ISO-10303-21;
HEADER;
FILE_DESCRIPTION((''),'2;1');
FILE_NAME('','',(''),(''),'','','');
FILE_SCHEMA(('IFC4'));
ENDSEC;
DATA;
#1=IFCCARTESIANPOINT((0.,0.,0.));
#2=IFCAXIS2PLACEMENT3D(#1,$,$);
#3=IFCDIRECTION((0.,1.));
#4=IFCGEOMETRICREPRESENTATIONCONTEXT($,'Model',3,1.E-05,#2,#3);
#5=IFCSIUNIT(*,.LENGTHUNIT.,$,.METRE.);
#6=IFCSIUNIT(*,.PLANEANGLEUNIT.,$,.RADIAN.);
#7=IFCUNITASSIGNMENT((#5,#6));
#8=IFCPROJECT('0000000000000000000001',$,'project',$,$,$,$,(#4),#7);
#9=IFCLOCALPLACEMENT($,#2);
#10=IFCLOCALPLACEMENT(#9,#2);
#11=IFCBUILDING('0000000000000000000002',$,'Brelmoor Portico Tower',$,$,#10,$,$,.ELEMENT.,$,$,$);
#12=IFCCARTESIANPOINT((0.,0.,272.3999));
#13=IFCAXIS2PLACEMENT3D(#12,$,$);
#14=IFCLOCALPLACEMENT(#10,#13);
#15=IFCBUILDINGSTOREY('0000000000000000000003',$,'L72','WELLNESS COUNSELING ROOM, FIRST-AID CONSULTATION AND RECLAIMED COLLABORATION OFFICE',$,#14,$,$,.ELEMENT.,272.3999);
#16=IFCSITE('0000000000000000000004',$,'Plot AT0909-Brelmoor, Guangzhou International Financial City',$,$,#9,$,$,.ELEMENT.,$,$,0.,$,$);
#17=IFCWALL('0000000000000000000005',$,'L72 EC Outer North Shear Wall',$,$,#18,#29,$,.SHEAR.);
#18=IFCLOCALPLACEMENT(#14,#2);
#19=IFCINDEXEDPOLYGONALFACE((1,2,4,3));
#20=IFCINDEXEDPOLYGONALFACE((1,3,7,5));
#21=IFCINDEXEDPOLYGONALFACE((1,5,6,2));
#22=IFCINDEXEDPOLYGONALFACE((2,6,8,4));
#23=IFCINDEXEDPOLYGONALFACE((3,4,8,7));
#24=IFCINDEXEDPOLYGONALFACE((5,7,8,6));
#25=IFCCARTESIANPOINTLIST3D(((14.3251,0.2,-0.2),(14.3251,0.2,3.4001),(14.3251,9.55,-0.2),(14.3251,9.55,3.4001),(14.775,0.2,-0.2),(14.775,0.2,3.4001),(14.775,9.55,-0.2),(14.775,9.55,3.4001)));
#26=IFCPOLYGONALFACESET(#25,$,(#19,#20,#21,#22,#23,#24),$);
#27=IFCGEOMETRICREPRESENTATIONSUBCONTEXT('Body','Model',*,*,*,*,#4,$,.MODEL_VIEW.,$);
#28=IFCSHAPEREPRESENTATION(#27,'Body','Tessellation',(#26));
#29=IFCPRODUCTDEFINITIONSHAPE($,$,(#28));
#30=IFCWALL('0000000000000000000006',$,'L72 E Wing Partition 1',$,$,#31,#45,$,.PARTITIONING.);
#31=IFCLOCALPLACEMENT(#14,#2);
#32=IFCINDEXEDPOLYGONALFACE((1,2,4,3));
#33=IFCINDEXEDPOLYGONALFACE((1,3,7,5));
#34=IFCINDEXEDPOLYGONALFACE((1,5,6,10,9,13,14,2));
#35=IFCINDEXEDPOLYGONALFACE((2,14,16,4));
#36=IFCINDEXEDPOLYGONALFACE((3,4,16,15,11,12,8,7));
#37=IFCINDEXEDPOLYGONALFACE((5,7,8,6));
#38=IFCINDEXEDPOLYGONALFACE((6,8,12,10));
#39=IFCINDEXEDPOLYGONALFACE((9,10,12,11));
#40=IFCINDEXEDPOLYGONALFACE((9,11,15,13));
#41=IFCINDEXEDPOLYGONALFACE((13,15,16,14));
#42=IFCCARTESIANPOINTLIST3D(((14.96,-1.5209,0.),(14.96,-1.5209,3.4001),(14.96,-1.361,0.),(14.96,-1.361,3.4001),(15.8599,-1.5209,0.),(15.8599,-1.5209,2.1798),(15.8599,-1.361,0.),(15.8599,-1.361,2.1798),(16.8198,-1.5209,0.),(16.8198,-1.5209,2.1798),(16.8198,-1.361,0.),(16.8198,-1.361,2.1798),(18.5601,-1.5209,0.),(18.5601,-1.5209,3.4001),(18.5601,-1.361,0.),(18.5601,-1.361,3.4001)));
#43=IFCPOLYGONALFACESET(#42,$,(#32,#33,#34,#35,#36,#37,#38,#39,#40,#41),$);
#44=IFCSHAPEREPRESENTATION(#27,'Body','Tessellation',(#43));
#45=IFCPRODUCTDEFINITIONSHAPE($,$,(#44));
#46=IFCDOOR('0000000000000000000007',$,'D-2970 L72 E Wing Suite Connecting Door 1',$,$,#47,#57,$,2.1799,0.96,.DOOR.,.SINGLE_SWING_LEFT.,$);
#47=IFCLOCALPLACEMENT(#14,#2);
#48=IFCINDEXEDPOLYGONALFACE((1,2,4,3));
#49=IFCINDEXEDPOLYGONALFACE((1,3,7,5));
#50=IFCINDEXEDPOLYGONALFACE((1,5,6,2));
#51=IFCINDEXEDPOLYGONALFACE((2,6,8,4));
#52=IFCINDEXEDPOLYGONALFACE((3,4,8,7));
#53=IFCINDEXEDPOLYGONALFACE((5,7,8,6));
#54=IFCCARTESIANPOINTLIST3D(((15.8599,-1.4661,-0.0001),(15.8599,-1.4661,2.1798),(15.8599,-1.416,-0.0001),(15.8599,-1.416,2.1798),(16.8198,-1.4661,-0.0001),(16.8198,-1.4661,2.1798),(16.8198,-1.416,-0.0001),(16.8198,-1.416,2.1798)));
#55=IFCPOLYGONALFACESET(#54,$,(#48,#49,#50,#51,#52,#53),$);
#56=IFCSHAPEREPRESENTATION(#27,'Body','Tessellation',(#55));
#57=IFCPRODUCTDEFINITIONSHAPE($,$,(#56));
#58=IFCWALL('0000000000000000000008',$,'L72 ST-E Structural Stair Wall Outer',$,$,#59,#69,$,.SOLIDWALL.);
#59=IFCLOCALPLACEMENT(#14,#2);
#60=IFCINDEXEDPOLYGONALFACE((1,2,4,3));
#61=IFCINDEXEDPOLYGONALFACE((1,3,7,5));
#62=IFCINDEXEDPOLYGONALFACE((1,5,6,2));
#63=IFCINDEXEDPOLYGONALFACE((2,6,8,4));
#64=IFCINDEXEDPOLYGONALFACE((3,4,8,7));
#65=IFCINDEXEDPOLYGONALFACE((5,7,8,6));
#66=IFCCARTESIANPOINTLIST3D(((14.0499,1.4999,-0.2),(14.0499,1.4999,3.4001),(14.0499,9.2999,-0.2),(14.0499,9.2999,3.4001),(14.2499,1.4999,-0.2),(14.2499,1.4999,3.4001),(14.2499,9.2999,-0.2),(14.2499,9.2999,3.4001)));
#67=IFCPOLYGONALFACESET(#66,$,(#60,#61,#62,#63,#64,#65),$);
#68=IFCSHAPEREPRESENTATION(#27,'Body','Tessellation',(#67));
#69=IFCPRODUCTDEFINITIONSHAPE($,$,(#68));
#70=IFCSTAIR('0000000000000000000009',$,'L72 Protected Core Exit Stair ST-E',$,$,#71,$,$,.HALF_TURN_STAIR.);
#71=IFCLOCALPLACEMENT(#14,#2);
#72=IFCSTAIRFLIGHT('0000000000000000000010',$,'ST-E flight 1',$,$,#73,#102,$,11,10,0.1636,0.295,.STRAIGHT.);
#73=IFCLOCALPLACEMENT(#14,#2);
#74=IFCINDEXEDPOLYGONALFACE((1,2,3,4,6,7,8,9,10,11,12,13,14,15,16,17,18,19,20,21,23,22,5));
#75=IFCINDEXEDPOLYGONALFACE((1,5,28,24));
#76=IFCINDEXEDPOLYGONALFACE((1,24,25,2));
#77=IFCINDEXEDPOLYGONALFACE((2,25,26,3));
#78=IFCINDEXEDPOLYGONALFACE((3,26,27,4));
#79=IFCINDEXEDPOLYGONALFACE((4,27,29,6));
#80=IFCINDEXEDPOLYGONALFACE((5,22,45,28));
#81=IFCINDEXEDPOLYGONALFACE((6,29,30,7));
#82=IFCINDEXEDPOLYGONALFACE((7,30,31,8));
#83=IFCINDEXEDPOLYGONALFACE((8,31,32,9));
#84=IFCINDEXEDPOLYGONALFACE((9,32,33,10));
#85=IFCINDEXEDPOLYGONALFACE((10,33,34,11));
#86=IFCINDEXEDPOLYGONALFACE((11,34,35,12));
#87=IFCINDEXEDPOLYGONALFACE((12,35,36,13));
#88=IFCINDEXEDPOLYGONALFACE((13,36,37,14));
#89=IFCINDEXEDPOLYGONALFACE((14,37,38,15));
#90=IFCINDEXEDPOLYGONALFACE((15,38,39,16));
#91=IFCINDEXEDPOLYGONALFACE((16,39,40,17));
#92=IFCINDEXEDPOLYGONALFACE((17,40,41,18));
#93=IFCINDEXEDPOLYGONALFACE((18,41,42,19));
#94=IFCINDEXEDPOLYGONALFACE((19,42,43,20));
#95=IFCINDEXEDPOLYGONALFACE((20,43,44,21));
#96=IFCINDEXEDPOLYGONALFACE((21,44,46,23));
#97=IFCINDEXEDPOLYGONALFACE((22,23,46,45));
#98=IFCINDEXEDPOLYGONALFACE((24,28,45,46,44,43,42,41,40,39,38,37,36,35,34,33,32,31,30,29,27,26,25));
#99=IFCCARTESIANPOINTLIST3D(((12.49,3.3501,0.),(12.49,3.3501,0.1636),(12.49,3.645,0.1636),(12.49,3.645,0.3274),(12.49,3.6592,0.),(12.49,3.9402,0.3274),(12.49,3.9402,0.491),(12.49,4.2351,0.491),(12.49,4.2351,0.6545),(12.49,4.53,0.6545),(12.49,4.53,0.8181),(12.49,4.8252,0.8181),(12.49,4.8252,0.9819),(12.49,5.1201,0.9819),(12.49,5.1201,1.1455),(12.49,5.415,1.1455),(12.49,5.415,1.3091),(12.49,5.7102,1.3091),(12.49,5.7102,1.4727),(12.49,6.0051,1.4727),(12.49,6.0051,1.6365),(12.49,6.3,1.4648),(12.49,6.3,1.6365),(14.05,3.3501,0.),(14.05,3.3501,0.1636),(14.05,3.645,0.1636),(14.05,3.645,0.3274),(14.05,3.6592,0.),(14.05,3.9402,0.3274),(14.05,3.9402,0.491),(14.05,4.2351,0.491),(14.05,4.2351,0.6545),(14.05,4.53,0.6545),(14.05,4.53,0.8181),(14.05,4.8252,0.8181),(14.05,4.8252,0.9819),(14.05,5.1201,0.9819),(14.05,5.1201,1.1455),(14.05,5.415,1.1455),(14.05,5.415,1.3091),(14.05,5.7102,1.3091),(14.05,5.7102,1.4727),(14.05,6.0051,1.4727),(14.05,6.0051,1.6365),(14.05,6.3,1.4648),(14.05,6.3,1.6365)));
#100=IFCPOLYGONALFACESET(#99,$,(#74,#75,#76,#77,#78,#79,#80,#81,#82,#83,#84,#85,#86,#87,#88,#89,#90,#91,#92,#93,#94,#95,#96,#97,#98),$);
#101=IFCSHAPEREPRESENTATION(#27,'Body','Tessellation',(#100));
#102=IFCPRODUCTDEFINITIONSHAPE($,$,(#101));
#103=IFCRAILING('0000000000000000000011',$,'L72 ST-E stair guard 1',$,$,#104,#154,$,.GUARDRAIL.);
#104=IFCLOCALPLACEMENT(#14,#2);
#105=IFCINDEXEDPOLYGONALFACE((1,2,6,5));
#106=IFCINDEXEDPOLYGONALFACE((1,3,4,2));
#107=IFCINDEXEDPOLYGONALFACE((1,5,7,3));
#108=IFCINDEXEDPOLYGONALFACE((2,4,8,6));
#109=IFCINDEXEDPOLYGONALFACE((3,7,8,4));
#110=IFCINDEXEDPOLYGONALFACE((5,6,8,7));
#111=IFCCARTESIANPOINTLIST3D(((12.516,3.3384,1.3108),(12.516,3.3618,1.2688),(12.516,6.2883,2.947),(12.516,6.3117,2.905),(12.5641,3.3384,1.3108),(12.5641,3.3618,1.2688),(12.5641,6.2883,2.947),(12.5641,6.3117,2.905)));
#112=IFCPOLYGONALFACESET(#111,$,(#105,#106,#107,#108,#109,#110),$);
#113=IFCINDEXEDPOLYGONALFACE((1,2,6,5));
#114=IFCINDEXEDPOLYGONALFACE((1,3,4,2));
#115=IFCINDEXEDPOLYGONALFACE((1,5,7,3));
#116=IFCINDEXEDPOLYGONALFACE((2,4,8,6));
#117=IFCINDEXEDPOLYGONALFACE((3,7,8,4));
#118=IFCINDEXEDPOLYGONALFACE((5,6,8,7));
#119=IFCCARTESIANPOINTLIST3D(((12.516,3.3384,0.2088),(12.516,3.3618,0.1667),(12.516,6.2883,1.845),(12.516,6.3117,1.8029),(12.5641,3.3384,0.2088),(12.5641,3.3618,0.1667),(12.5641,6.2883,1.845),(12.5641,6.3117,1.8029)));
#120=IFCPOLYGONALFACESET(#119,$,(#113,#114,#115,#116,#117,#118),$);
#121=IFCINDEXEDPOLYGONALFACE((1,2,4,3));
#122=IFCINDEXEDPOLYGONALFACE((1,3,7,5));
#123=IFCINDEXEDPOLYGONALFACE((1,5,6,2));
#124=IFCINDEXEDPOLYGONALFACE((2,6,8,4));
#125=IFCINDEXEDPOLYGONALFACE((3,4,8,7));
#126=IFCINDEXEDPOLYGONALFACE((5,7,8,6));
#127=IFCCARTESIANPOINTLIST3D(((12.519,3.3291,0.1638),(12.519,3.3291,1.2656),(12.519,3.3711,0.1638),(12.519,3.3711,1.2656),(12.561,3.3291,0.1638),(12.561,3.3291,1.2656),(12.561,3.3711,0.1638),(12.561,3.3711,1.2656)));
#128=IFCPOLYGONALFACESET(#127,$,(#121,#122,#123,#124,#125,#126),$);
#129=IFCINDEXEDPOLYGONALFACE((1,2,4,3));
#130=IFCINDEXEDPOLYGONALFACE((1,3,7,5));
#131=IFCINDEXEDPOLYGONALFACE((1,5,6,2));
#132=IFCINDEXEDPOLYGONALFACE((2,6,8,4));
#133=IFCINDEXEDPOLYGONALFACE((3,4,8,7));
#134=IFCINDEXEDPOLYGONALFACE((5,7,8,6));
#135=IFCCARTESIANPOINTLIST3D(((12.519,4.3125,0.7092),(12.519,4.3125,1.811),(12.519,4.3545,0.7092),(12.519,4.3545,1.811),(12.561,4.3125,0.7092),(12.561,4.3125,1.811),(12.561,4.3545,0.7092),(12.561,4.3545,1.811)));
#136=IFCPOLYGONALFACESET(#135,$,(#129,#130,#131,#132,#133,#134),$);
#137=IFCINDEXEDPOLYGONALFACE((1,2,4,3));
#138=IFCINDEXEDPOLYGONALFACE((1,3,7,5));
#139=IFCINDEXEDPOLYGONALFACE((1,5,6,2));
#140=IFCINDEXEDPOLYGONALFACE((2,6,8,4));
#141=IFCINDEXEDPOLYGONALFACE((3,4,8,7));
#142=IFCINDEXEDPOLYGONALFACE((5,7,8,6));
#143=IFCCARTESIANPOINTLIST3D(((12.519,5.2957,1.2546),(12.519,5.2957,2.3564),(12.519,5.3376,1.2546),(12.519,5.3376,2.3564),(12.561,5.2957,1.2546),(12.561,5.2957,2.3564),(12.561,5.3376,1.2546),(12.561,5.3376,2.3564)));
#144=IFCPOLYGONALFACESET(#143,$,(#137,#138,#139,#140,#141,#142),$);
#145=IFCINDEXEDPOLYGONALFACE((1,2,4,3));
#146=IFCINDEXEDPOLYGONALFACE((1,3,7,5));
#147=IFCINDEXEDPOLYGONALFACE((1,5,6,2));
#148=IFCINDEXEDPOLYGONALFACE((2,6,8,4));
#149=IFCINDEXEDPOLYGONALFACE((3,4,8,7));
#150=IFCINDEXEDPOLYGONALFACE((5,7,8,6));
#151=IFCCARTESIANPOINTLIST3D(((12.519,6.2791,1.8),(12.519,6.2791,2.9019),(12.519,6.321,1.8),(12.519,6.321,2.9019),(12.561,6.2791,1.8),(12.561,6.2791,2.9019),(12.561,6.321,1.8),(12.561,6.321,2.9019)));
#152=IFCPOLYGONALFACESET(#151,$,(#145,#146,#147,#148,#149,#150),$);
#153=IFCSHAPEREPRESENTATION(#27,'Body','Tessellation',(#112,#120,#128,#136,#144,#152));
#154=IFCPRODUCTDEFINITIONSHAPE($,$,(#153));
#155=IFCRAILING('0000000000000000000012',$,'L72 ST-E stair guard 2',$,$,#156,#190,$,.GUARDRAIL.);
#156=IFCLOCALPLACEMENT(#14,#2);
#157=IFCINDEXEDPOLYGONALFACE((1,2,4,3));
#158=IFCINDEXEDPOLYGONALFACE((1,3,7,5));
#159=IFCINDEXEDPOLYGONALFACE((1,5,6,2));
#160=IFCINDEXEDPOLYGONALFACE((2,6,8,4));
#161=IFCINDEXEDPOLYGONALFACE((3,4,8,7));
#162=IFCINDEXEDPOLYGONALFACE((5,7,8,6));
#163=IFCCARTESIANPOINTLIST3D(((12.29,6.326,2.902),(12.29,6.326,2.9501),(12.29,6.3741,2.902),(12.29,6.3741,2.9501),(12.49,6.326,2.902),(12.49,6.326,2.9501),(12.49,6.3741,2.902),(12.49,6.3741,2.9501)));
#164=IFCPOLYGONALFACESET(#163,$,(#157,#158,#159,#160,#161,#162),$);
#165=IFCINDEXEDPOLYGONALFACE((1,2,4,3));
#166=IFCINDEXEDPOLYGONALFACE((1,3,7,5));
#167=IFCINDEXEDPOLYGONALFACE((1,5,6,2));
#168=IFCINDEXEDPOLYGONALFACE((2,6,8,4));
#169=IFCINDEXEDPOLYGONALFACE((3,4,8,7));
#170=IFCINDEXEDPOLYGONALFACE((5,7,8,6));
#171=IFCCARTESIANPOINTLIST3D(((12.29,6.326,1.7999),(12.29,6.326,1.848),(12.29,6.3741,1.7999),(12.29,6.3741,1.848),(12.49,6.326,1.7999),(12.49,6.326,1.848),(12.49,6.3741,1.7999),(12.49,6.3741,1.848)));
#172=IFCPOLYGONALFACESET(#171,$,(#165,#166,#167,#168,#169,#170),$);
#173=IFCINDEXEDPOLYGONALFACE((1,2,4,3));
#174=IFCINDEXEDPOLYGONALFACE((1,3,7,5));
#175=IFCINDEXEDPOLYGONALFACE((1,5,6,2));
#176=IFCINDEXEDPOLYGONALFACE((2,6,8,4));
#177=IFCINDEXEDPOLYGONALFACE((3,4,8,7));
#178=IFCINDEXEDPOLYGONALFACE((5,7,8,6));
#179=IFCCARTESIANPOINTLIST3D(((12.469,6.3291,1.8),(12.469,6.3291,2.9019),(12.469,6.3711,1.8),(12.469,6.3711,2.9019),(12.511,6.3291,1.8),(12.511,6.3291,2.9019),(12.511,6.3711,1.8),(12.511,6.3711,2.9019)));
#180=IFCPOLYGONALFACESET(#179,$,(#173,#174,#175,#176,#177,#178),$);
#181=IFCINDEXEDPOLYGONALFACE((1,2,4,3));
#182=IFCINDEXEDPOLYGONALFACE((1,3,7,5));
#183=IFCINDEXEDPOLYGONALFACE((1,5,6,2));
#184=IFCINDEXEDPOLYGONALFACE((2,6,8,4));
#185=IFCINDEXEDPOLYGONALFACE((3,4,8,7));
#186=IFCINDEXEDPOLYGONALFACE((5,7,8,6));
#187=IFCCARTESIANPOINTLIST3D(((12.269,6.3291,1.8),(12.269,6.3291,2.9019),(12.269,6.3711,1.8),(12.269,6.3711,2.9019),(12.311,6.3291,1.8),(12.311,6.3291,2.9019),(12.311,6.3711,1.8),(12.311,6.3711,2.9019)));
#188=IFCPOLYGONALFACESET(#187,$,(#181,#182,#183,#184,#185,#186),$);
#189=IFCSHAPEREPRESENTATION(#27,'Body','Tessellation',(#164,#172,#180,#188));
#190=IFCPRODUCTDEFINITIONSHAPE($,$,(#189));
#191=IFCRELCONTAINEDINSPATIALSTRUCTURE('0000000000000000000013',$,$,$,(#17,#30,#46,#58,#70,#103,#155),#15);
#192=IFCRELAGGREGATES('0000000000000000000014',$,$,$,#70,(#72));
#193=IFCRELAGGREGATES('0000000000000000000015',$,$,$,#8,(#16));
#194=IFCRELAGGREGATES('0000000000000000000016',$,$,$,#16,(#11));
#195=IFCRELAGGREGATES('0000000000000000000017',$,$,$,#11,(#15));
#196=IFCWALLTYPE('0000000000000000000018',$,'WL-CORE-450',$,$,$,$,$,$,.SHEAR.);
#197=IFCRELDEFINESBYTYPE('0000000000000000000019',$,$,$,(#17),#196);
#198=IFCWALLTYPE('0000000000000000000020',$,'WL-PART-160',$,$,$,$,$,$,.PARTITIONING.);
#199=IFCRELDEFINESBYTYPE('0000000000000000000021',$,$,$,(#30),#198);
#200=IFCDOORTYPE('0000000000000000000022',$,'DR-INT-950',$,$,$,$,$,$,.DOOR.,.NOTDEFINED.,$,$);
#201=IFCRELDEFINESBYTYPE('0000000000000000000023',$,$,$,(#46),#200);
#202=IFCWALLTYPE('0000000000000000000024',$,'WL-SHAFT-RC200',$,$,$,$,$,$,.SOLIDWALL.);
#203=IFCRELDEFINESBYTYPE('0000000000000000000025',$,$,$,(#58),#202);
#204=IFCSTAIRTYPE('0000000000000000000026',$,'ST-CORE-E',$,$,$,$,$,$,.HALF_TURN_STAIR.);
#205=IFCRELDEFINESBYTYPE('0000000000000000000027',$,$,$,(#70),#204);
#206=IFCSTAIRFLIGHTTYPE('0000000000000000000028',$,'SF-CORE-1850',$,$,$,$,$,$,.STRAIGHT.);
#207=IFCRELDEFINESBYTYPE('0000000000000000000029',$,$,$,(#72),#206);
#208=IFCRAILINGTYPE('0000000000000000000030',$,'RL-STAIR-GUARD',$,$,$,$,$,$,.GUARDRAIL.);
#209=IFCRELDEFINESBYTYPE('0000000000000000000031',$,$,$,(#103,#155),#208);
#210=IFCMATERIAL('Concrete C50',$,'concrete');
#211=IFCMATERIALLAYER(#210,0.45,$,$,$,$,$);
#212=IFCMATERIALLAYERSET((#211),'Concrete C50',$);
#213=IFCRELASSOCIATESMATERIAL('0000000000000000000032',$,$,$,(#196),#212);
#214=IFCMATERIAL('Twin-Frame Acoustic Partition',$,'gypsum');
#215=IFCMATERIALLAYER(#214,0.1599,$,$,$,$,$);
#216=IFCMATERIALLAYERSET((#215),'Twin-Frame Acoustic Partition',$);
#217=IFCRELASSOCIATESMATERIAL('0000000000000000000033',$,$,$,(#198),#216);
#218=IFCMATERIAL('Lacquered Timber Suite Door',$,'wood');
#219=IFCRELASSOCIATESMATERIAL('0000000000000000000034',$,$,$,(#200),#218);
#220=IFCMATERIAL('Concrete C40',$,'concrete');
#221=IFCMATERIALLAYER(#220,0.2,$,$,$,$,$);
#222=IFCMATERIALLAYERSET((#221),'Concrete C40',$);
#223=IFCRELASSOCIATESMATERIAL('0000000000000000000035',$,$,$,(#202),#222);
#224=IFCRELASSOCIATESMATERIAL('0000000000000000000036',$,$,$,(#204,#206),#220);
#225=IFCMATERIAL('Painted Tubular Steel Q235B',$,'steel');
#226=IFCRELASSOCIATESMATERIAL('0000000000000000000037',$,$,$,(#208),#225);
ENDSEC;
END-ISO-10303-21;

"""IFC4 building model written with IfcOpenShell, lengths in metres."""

from ifc_helpers import new_model, si_unit, direction, frame, frame_2d, origin, origin_2d, place, context, subcontext, project, spatial, polyline, rectangle, outline, extrude, material, layer, layer_set, type_object, element, fill, aggregate, save


model = new_model("IFC4")

# Units and contexts
model_context = context("Model", 3, precision=1e-05, world=origin(), true_north=direction((0.0, 1.0)))
body_context = subcontext(model_context, "Body", "Model", "MODEL_VIEW")
ifc_project = project(units=[si_unit("LENGTHUNIT", "METRE"), si_unit("PLANEANGLEUNIT", "RADIAN")], contexts=[model_context])

# Site, building, storey
site_placement = place(None, origin())
site = spatial("IfcSite", under=ifc_project, at=site_placement, Name="Plot AT0909-Brelmoor, Guangzhou International Financial City", CompositionType="ELEMENT", RefElevation=0.0)
building_placement = place(site_placement, origin())
building = spatial("IfcBuilding", under=site, at=building_placement, Name="Brelmoor Portico Tower", CompositionType="ELEMENT")
storey_placement = place(building_placement, frame((0.0, 0.0, 272.3999)))
storey = spatial("IfcBuildingStorey", under=building, at=storey_placement, Name="L72", Description="WELLNESS COUNSELING ROOM, FIRST-AID CONSULTATION AND RECLAIMED COLLABORATION OFFICE", CompositionType="ELEMENT", Elevation=272.3999)

# Wall
ifc_material_1 = material(Name="Concrete C50", Category="concrete")
ifc_layer_1 = layer(ifc_material_1, 0.45)
ifc_layer_set_1 = layer_set([ifc_layer_1], Name="Concrete C50")
wall_type_1 = type_object("IfcWallType", Name="WL-CORE-450", PredefinedType="SHEAR", material=ifc_layer_set_1)
wall_1_placement = place(storey_placement, frame((14.55, 0.2, -0.2), z_axis=(0.0, 0.0, 1.0), x_axis=(0.0, 1.0, 0.0)))
element("IfcWall", 1, at=wall_1_placement, inside=storey, type_object=wall_type_1, Name="L72 EC Outer North Shear Wall", PredefinedType="SHEAR", context=body_context, shape_type="SweptSolid", body=[
    extrude(rectangle(XDim=9.3501, YDim=0.45, at=frame_2d((4.675, 0.0))), origin(), (0.0, 0.0, 1.0), 3.6001),
])

# Wall, opening, door
ifc_material_2 = material(Name="Twin-Frame Acoustic Partition", Category="gypsum")
ifc_layer_2 = layer(ifc_material_2, 0.1599)
ifc_layer_set_2 = layer_set([ifc_layer_2], Name="Twin-Frame Acoustic Partition")
wall_type_2 = type_object("IfcWallType", Name="WL-PART-160", PredefinedType="PARTITIONING", material=ifc_layer_set_2)
wall_2_placement = place(storey_placement, frame((14.96, -1.4409, 0.0), z_axis=(0.0, 0.0, 1.0), x_axis=(1.0, 0.0, 0.0)))
wall_2 = element("IfcWall", 2, at=wall_2_placement, inside=storey, type_object=wall_type_2, Name="L72 E Wing Partition 1", PredefinedType="PARTITIONING", context=body_context, shape_type="SweptSolid", body=[
    extrude(rectangle(XDim=3.6001, YDim=0.1599, at=frame_2d((1.8, 0.0))), origin(), (0.0, 0.0, 1.0), 3.4001),
])
opening_placement = place(wall_2_placement, frame((0.8999, 0.0, 0.0)))
opening = element("IfcOpeningElement", 3, at=opening_placement, cuts=wall_2, PredefinedType="OPENING", context=body_context, shape_type="SweptSolid", body=[
    extrude(rectangle(XDim=0.96, YDim=2.1799, at=frame_2d((0.48, 1.0898))), frame((0.0, 0.0898, 0.0), z_axis=(0.0, -1.0, 0.0), x_axis=(1.0, 0.0, 0.0)), (0.0, 0.0, 1.0), 0.1799),
])
ifc_material_3 = material(Name="Lacquered Timber Suite Door", Category="wood")
door_type = type_object("IfcDoorType", Name="DR-INT-950", OperationType="NOTDEFINED", PredefinedType="DOOR", material=ifc_material_3)
door_placement = place(opening_placement, origin())
door = element("IfcDoor", 4, at=door_placement, inside=storey, type_object=door_type, Name="D-2970 L72 E Wing Suite Connecting Door 1", OperationType="SINGLE_SWING_LEFT", OverallHeight=2.1799, OverallWidth=0.96, PredefinedType="DOOR", context=body_context, shape_type="SweptSolid", body=[
    extrude(rectangle(XDim=0.96, YDim=2.1799, at=frame_2d((0.48, 1.0898))), frame((0.0, 0.0249, 0.0), z_axis=(0.0, -1.0, 0.0), x_axis=(1.0, 0.0, 0.0)), (0.0, 0.0, 1.0), 0.05),
])
fill(opening, door)

# Wall
ifc_material_4 = material(Name="Concrete C40", Category="concrete")
ifc_layer_3 = layer(ifc_material_4, 0.2)
ifc_layer_set_3 = layer_set([ifc_layer_3], Name="Concrete C40")
wall_type_3 = type_object("IfcWallType", Name="WL-SHAFT-RC200", PredefinedType="SOLIDWALL", material=ifc_layer_set_3)
wall_3_placement = place(storey_placement, frame((14.1499, 1.5, -0.2), z_axis=(0.0, 0.0, 1.0), x_axis=(0.0, 1.0, 0.0)))
element("IfcWall", 5, at=wall_3_placement, inside=storey, type_object=wall_type_3, Name="L72 ST-E Structural Stair Wall Outer", PredefinedType="SOLIDWALL", context=body_context, shape_type="SweptSolid", body=[
    extrude(rectangle(XDim=7.8, YDim=0.2, at=frame_2d((3.8999, 0.0))), origin(), (0.0, 0.0, 1.0), 3.6001),
])

# Stair, stair flight
stair_type = type_object("IfcStairType", Name="ST-CORE-E", PredefinedType="HALF_TURN_STAIR", material=ifc_material_4)
stair_placement = place(storey_placement, origin())
stair = element("IfcStair", 6, at=stair_placement, inside=storey, type_object=stair_type, Name="L72 Protected Core Exit Stair ST-E", PredefinedType="HALF_TURN_STAIR")
stair_flight_type = type_object("IfcStairFlightType", Name="SF-CORE-1850", PredefinedType="STRAIGHT", material=ifc_material_4)
stair_flight_placement = place(storey_placement, frame((13.27, 3.3501, 0.0), z_axis=(0.0, 0.0, 1.0), x_axis=(0.0, 1.0, 0.0)))
stair_flight = element("IfcStairFlight", 7, at=stair_flight_placement, type_object=stair_flight_type, Name="ST-E flight 1", NumberOfRisers=11, NumberOfTreads=10, PredefinedType="STRAIGHT", RiserHeight=0.1636, TreadLength=0.295, context=body_context, shape_type="SweptSolid", body=[
    extrude(outline(polyline([(0.0, 0.0), (0.0, 0.1636), (0.2949, 0.1636), (0.2949, 0.3274), (0.5901, 0.3274), (0.5901, 0.491), (0.885, 0.491), (0.885, 0.6545), (1.1799, 0.6545), (1.1799, 0.8181), (1.4751, 0.8181), (1.4751, 0.9819), (1.77, 0.9819), (1.77, 1.1455), (2.0649, 1.1455), (2.0649, 1.3091), (2.3601, 1.3091), (2.3601, 1.4727), (2.655, 1.4727), (2.655, 1.6365), (2.95, 1.6365), (2.95, 1.8), (2.95, 1.4648), (0.3091, 0.0), (0.0, 0.0)])), frame((0.0, 0.78, 0.0), z_axis=(0.0, -1.0, 0.0), x_axis=(1.0, 0.0, 0.0)), (0.0, 0.0, 1.0), 1.5601),
])
aggregate(stair, [stair_flight])

# Railings
ifc_material_5 = material(Name="Painted Tubular Steel Q235B", Category="steel")
railing_type_1 = type_object("IfcRailingType", Name="RL-STAIR-GUARD", PredefinedType="GUARDRAIL", material=ifc_material_5)
railing_1_placement = place(storey_placement, frame((12.54, 3.3501, 0.1638)))
element("IfcRailing", 8, at=railing_1_placement, inside=storey, type_object=railing_type_1, Name="L72 ST-E stair guard 1", PredefinedType="GUARDRAIL", context=body_context, shape_type="SweptSolid", body=[
    extrude(rectangle(XDim=0.0481, YDim=0.0481, at=origin_2d()), frame((0.0, 0.0, 1.126), z_axis=(0.0, 0.874488, 0.485047), x_axis=(-1.0, 0.0, 0.0)), (0.0, 0.0, 1.0), 3.3733),
    extrude(rectangle(XDim=0.0481, YDim=0.0481, at=origin_2d()), frame((0.0, 0.0, 0.0239), z_axis=(0.0, 0.874488, 0.485047), x_axis=(-1.0, 0.0, 0.0)), (0.0, 0.0, 1.0), 3.3733),
    extrude(rectangle(XDim=0.042, YDim=0.042, at=origin_2d()), origin(), (0.0, 0.0, 1.0), 1.1018),
    extrude(rectangle(XDim=0.042, YDim=0.042, at=origin_2d()), frame((0.0, 0.9834, 0.5454)), (0.0, 0.0, 1.0), 1.1018),
    extrude(rectangle(XDim=0.042, YDim=0.042, at=origin_2d()), frame((0.0, 1.9666, 1.0908)), (0.0, 0.0, 1.0), 1.1018),
    extrude(rectangle(XDim=0.042, YDim=0.042, at=origin_2d()), frame((0.0, 2.95, 1.6362)), (0.0, 0.0, 1.0), 1.1018),
])
for number, where, name in (
    (9, (12.49, 6.3501, 1.8), "L72 ST-E stair guard 2"),
):
    element("IfcRailing", number, at=place(storey_placement, frame(where)), inside=storey, type_object=railing_type_1, Name=name, PredefinedType="GUARDRAIL", context=body_context, shape_type="SweptSolid", body=[
        extrude(rectangle(XDim=0.0481, YDim=0.0481, at=origin_2d()), frame((0.0, 0.0, 1.126), z_axis=(-1.0, 0.0, 0.0), x_axis=(0.0, -1.0, 0.0)), (0.0, 0.0, 1.0), 0.2),
        extrude(rectangle(XDim=0.0481, YDim=0.0481, at=origin_2d()), frame((0.0, 0.0, 0.0239), z_axis=(-1.0, 0.0, 0.0), x_axis=(0.0, -1.0, 0.0)), (0.0, 0.0, 1.0), 0.2),
        extrude(rectangle(XDim=0.042, YDim=0.042, at=origin_2d()), origin(), (0.0, 0.0, 1.0), 1.1018),
        extrude(rectangle(XDim=0.042, YDim=0.042, at=origin_2d()), frame((-0.2, 0.0, 0.0)), (0.0, 0.0, 1.0), 1.1018),
    ])

save(model, "model.ifc")
